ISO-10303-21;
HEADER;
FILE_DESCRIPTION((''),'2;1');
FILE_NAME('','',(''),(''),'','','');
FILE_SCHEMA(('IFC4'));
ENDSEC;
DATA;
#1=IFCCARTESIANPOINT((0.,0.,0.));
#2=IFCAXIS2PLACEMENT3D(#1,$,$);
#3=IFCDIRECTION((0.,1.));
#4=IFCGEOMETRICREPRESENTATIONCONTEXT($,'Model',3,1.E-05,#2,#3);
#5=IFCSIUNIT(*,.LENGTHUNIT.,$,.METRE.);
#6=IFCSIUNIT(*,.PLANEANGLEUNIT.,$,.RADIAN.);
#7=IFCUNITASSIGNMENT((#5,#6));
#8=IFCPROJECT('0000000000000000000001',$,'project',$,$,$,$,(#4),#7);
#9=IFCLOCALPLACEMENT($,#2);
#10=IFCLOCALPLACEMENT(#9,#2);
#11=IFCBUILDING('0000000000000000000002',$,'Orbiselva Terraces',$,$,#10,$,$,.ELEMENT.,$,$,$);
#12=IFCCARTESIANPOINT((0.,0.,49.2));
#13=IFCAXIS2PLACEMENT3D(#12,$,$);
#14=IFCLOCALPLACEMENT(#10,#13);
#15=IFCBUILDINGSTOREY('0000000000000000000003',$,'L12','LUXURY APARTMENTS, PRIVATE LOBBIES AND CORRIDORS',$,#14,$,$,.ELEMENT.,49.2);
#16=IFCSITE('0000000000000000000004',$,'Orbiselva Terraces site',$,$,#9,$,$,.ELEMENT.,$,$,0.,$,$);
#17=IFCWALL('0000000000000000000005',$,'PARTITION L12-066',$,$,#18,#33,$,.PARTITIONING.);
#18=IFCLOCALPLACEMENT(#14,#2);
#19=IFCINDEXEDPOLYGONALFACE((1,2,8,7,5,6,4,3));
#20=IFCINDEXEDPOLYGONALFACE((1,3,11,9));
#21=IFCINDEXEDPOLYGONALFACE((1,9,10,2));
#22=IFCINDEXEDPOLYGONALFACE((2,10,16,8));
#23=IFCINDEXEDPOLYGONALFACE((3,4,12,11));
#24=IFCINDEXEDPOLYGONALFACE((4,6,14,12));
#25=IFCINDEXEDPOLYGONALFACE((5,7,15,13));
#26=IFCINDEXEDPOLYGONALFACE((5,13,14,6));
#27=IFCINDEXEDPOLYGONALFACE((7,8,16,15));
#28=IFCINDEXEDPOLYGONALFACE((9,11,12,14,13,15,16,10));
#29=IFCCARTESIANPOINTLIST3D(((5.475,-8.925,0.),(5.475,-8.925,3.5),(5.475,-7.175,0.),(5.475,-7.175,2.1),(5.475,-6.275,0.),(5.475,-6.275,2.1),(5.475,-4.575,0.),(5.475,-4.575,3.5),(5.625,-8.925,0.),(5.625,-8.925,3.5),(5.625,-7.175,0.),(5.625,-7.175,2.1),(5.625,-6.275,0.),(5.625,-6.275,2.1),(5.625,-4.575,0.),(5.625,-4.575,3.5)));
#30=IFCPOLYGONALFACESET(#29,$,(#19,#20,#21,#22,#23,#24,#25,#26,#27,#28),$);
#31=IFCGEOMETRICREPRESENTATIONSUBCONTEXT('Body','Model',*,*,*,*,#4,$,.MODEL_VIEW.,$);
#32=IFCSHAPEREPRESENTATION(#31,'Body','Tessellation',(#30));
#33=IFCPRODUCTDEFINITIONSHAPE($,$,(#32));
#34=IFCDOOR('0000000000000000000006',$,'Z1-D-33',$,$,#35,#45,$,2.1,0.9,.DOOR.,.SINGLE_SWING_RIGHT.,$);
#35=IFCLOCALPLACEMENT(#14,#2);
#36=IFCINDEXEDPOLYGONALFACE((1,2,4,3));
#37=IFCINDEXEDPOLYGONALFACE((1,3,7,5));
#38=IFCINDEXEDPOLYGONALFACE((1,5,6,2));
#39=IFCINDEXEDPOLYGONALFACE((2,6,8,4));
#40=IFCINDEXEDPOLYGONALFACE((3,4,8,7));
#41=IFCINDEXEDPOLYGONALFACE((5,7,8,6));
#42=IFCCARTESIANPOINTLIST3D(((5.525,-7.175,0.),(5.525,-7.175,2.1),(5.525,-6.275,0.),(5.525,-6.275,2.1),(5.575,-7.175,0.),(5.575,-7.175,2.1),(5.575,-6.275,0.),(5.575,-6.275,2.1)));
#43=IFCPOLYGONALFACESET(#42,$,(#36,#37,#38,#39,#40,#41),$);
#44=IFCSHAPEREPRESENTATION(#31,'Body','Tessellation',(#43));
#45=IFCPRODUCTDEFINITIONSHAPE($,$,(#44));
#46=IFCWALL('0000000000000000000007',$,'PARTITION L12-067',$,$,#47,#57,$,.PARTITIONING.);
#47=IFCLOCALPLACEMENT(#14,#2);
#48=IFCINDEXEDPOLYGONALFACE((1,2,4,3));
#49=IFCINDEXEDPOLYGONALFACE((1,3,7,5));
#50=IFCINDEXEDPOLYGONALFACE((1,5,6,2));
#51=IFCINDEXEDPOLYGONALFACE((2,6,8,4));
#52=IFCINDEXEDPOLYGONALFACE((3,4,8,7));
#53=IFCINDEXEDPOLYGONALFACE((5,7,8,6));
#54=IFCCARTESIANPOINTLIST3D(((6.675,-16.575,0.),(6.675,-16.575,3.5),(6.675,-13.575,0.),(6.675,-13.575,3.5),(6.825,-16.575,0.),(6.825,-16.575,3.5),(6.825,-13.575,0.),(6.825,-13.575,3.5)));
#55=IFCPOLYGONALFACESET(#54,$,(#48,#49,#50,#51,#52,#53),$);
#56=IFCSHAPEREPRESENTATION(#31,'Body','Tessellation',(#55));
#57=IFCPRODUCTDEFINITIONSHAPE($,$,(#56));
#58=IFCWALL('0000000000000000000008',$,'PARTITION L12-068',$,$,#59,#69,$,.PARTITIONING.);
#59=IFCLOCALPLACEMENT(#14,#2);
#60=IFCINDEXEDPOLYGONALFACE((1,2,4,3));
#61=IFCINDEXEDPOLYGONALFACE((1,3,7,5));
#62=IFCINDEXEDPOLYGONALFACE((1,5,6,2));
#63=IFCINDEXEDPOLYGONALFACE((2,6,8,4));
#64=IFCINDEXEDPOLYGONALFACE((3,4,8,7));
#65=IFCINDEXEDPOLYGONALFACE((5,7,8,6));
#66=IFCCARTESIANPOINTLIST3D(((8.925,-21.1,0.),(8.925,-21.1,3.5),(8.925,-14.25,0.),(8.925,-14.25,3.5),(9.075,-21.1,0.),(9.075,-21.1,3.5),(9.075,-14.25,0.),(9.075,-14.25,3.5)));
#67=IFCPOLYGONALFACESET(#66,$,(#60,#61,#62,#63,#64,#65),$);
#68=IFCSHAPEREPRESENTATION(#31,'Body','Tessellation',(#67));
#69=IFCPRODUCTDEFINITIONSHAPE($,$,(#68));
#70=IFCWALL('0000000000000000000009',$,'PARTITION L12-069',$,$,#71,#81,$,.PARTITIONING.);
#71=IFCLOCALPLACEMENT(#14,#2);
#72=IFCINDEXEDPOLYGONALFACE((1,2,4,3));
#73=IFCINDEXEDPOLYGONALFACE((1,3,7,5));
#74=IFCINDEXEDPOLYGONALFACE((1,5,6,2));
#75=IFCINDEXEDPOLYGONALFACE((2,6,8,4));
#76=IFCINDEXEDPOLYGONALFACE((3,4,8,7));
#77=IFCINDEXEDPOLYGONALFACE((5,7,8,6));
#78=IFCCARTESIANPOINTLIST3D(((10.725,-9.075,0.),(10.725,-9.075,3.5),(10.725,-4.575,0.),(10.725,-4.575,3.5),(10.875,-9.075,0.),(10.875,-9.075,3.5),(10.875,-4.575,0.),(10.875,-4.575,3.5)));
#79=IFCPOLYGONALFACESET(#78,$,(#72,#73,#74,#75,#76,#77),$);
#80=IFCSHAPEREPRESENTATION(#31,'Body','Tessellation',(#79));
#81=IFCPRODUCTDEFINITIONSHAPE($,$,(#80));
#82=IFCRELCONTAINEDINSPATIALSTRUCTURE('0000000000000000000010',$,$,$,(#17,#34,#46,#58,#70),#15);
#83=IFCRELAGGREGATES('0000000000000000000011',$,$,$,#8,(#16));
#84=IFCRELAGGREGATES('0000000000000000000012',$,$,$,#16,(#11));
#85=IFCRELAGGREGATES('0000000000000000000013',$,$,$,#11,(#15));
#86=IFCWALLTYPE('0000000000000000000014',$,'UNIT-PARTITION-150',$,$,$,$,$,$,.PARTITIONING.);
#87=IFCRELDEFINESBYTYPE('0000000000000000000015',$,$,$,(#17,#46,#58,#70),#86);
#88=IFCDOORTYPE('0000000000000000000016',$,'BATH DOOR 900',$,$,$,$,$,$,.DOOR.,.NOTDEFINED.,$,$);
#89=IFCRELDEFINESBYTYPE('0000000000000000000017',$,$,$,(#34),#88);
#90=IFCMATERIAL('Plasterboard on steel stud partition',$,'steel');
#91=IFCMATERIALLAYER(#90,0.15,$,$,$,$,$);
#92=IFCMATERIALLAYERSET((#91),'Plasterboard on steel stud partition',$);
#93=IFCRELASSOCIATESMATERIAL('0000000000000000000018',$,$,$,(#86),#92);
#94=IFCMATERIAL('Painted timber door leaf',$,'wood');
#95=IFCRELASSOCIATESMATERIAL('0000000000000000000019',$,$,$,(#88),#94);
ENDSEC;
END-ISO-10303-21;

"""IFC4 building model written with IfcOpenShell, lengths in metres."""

from ifc_helpers import new_model, si_unit, direction, frame, frame_2d, origin, place, context, subcontext, project, spatial, rectangle, extrude, material, layer, layer_set, type_object, element, fill, save


model = new_model("IFC4")

# Units and contexts
model_context = context("Model", 3, precision=1e-05, world=origin(), true_north=direction((0.0, 1.0)))
body_context = subcontext(model_context, "Body", "Model", "MODEL_VIEW")
ifc_project = project(units=[si_unit("LENGTHUNIT", "METRE"), si_unit("PLANEANGLEUNIT", "RADIAN")], contexts=[model_context])

# Site, building, storey
site_placement = place(None, origin())
site = spatial("IfcSite", under=ifc_project, at=site_placement, Name="Orbiselva Terraces site", CompositionType="ELEMENT", RefElevation=0.0)
building_placement = place(site_placement, origin())
building = spatial("IfcBuilding", under=site, at=building_placement, Name="Orbiselva Terraces", CompositionType="ELEMENT")
storey_placement = place(building_placement, frame((0.0, 0.0, 49.2)))
storey = spatial("IfcBuildingStorey", under=building, at=storey_placement, Name="L12", Description="LUXURY APARTMENTS, PRIVATE LOBBIES AND CORRIDORS", CompositionType="ELEMENT", Elevation=49.2)

# Shared definitions
ifc_material_1 = material(Name="Plasterboard on steel stud partition", Category="steel")

# Shared definitions
ifc_layer_1 = layer(ifc_material_1, 0.15)
ifc_layer_set_1 = layer_set([ifc_layer_1], Name="Plasterboard on steel stud partition")
wall_type_1 = type_object("IfcWallType", Name="UNIT-PARTITION-150", PredefinedType="PARTITIONING", material=ifc_layer_set_1)
ifc_material_2 = material(Name="Painted timber door leaf", Category="wood")
door_type_1 = type_object("IfcDoorType", Name="BATH DOOR 900", OperationType="NOTDEFINED", PredefinedType="DOOR", material=ifc_material_2)

# Wall, opening, door
wall_1_placement = place(storey_placement, frame((5.55, -8.925, 0.0), z_axis=(0.0, 0.0, 1.0), x_axis=(0.0, 1.0, 0.0)))
wall_1 = element("IfcWall", 1, at=wall_1_placement, inside=storey, type_object=wall_type_1, Name="PARTITION L12-066", PredefinedType="PARTITIONING", context=body_context, shape_type="SweptSolid", body=[
    extrude(rectangle(XDim=4.35, YDim=0.15, at=frame_2d((2.175, 0.0))), origin(), (0.0, 0.0, 1.0), 3.5),
])
opening_1_placement = place(wall_1_placement, frame((1.75, 0.0, 0.0)))
opening_1 = element("IfcOpeningElement", 2, at=opening_1_placement, cuts=wall_1, PredefinedType="OPENING", context=body_context, shape_type="SweptSolid", body=[
    extrude(rectangle(XDim=0.9, YDim=2.1, at=frame_2d((0.45, 1.05))), frame((0.0, 0.085, 0.0), z_axis=(0.0, -1.0, 0.0), x_axis=(1.0, 0.0, 0.0)), (0.0, 0.0, 1.0), 0.17),
])
door_1_placement = place(opening_1_placement, origin())
door_1 = element("IfcDoor", 3, at=door_1_placement, inside=storey, type_object=door_type_1, Name="Z1-D-33", OperationType="SINGLE_SWING_RIGHT", OverallHeight=2.1, OverallWidth=0.9, PredefinedType="DOOR", context=body_context, shape_type="SweptSolid", body=[
    extrude(rectangle(XDim=0.9, YDim=2.1, at=frame_2d((0.45, 1.05))), frame((0.0, 0.025, 0.0), z_axis=(0.0, -1.0, 0.0), x_axis=(1.0, 0.0, 0.0)), (0.0, 0.0, 1.0), 0.05),
])
fill(opening_1, door_1)

# Walls
wall_2_placement = place(storey_placement, frame((6.75, -16.575, 0.0), z_axis=(0.0, 0.0, 1.0), x_axis=(0.0, 1.0, 0.0)))
element("IfcWall", 4, at=wall_2_placement, inside=storey, type_object=wall_type_1, Name="PARTITION L12-067", PredefinedType="PARTITIONING", context=body_context, shape_type="SweptSolid", body=[
    extrude(rectangle(XDim=3.0, YDim=0.15, at=frame_2d((1.5, 0.0))), origin(), (0.0, 0.0, 1.0), 3.5),
])
wall_3_placement = place(storey_placement, frame((9.0, -21.1, 0.0), z_axis=(0.0, 0.0, 1.0), x_axis=(0.0, 1.0, 0.0)))
element("IfcWall", 5, at=wall_3_placement, inside=storey, type_object=wall_type_1, Name="PARTITION L12-068", PredefinedType="PARTITIONING", context=body_context, shape_type="SweptSolid", body=[
    extrude(rectangle(XDim=6.85, YDim=0.15, at=frame_2d((3.425, 0.0))), origin(), (0.0, 0.0, 1.0), 3.5),
])
wall_4_placement = place(storey_placement, frame((10.8, -9.075, 0.0), z_axis=(0.0, 0.0, 1.0), x_axis=(0.0, 1.0, 0.0)))
element("IfcWall", 6, at=wall_4_placement, inside=storey, type_object=wall_type_1, Name="PARTITION L12-069", PredefinedType="PARTITIONING", context=body_context, shape_type="SweptSolid", body=[
    extrude(rectangle(XDim=4.5, YDim=0.15, at=frame_2d((2.25, 0.0))), origin(), (0.0, 0.0, 1.0), 3.5),
])

save(model, "model.ifc")
